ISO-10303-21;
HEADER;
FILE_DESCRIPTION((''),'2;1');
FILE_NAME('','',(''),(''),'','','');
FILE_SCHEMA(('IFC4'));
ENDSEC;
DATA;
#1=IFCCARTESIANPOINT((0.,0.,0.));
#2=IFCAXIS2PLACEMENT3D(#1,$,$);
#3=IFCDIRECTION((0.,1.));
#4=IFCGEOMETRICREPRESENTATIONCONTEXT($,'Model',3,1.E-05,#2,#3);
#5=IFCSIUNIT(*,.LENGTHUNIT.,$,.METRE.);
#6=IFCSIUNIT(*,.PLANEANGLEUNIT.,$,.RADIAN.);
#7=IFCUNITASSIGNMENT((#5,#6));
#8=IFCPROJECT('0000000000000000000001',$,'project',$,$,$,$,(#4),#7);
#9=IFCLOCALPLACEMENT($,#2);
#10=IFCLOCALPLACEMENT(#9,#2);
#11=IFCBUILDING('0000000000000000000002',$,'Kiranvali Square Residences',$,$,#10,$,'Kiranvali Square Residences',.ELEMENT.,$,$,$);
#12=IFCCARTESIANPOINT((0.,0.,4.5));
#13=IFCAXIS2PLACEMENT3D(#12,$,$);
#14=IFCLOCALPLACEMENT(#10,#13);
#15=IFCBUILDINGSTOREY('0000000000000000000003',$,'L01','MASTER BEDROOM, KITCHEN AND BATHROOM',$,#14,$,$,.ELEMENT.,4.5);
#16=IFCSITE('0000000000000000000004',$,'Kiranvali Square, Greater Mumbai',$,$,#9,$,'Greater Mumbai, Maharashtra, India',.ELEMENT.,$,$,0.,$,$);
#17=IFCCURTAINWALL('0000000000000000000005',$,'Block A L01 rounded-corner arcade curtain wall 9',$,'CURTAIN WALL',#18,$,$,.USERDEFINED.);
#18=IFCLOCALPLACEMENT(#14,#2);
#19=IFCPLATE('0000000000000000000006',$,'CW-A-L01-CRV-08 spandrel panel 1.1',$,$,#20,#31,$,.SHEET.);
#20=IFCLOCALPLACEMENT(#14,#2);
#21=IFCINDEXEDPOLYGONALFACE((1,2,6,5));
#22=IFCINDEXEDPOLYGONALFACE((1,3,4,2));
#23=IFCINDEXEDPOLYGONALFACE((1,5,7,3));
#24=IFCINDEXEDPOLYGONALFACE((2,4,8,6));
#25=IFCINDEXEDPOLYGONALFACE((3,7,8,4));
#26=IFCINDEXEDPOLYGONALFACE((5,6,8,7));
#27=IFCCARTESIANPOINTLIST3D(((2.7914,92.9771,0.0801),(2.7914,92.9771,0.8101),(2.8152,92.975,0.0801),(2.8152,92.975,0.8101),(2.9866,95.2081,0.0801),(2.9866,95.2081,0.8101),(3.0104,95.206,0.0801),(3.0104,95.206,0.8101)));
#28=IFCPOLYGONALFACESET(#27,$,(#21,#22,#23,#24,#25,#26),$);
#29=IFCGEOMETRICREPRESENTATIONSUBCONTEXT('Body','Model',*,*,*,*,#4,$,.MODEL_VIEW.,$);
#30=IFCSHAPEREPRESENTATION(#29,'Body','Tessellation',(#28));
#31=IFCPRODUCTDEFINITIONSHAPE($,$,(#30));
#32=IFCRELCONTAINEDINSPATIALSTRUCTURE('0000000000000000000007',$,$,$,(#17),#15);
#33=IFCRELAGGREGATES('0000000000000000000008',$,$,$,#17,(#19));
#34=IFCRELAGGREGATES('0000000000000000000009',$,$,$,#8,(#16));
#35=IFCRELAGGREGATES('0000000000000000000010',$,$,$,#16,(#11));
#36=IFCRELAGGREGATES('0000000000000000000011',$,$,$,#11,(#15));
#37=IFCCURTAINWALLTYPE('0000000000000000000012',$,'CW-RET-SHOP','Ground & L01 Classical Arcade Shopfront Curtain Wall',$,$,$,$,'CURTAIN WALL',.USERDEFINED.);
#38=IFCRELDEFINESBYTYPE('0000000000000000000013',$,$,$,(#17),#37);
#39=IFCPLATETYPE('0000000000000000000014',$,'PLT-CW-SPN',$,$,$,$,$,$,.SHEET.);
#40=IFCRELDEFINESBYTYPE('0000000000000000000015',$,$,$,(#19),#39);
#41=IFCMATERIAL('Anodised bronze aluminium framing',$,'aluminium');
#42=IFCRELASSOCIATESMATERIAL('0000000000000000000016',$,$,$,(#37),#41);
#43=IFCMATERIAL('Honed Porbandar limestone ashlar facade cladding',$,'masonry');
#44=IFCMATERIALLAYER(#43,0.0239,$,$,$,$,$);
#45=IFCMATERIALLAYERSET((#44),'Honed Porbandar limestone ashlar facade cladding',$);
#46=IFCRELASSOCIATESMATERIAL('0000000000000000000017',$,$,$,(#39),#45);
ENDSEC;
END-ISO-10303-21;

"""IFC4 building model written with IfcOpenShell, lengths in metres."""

from ifc_helpers import new_model, si_unit, direction, frame, origin, origin_2d, place, context, subcontext, project, spatial, rectangle, extrude, material, layer, layer_set, type_object, element, aggregate, save


model = new_model("IFC4")

# Units and contexts
model_context = context("Model", 3, precision=1e-05, world=origin(), true_north=direction((0.0, 1.0)))
body_context = subcontext(model_context, "Body", "Model", "MODEL_VIEW")
ifc_project = project(units=[si_unit("LENGTHUNIT", "METRE"), si_unit("PLANEANGLEUNIT", "RADIAN")], contexts=[model_context])

# Site, building, storey
site_placement = place(None, origin())
site = spatial("IfcSite", under=ifc_project, at=site_placement, Name="Kiranvali Square, Greater Mumbai", LongName="Greater Mumbai, Maharashtra, India", CompositionType="ELEMENT", RefElevation=0.0)
building_placement = place(site_placement, origin())
building = spatial("IfcBuilding", under=site, at=building_placement, Name="Kiranvali Square Residences", LongName="Kiranvali Square Residences", CompositionType="ELEMENT")
storey_placement = place(building_placement, frame((0.0, 0.0, 4.5)))
storey = spatial("IfcBuildingStorey", under=building, at=storey_placement, Name="L01", Description="MASTER BEDROOM, KITCHEN AND BATHROOM", CompositionType="ELEMENT", Elevation=4.5)

# Curtain wall
ifc_material_1 = material(Name="Anodised bronze aluminium framing", Category="aluminium")
curtain_wall_type = type_object("IfcCurtainWallType", Name="CW-RET-SHOP", Description="Ground & L01 Classical Arcade Shopfront Curtain Wall", ElementType="CURTAIN WALL", PredefinedType="USERDEFINED", material=ifc_material_1)
curtain_wall_1_placement = place(storey_placement, origin())
curtain_wall_1 = element("IfcCurtainWall", 1, at=curtain_wall_1_placement, inside=storey, type_object=curtain_wall_type, Name="Block A L01 rounded-corner arcade curtain wall 9", ObjectType="CURTAIN WALL", PredefinedType="USERDEFINED")

# Plate
ifc_material_2 = material(Name="Honed Porbandar limestone ashlar facade cladding", Category="masonry")
ifc_layer_1 = layer(ifc_material_2, 0.0239)
ifc_layer_set_1 = layer_set([ifc_layer_1], Name="Honed Porbandar limestone ashlar facade cladding")
plate_type_1 = type_object("IfcPlateType", Name="PLT-CW-SPN", PredefinedType="SHEET", material=ifc_layer_set_1)
plate_1_placement = place(storey_placement, frame((2.9009, 94.0916, 0.0801), z_axis=(0.0, 0.0, 1.0), x_axis=(-0.087156, -0.996195, 0.0)))
plate_1 = element("IfcPlate", 2, at=plate_1_placement, type_object=plate_type_1, Name="CW-A-L01-CRV-08 spandrel panel 1.1", PredefinedType="SHEET", context=body_context, shape_type="SweptSolid", body=[
    extrude(rectangle(XDim=2.2395, YDim=0.0239, at=origin_2d()), origin(), (0.0, 0.0, 1.0), 0.73),
])
aggregate(curtain_wall_1, [plate_1])

save(model, "model.ifc")
